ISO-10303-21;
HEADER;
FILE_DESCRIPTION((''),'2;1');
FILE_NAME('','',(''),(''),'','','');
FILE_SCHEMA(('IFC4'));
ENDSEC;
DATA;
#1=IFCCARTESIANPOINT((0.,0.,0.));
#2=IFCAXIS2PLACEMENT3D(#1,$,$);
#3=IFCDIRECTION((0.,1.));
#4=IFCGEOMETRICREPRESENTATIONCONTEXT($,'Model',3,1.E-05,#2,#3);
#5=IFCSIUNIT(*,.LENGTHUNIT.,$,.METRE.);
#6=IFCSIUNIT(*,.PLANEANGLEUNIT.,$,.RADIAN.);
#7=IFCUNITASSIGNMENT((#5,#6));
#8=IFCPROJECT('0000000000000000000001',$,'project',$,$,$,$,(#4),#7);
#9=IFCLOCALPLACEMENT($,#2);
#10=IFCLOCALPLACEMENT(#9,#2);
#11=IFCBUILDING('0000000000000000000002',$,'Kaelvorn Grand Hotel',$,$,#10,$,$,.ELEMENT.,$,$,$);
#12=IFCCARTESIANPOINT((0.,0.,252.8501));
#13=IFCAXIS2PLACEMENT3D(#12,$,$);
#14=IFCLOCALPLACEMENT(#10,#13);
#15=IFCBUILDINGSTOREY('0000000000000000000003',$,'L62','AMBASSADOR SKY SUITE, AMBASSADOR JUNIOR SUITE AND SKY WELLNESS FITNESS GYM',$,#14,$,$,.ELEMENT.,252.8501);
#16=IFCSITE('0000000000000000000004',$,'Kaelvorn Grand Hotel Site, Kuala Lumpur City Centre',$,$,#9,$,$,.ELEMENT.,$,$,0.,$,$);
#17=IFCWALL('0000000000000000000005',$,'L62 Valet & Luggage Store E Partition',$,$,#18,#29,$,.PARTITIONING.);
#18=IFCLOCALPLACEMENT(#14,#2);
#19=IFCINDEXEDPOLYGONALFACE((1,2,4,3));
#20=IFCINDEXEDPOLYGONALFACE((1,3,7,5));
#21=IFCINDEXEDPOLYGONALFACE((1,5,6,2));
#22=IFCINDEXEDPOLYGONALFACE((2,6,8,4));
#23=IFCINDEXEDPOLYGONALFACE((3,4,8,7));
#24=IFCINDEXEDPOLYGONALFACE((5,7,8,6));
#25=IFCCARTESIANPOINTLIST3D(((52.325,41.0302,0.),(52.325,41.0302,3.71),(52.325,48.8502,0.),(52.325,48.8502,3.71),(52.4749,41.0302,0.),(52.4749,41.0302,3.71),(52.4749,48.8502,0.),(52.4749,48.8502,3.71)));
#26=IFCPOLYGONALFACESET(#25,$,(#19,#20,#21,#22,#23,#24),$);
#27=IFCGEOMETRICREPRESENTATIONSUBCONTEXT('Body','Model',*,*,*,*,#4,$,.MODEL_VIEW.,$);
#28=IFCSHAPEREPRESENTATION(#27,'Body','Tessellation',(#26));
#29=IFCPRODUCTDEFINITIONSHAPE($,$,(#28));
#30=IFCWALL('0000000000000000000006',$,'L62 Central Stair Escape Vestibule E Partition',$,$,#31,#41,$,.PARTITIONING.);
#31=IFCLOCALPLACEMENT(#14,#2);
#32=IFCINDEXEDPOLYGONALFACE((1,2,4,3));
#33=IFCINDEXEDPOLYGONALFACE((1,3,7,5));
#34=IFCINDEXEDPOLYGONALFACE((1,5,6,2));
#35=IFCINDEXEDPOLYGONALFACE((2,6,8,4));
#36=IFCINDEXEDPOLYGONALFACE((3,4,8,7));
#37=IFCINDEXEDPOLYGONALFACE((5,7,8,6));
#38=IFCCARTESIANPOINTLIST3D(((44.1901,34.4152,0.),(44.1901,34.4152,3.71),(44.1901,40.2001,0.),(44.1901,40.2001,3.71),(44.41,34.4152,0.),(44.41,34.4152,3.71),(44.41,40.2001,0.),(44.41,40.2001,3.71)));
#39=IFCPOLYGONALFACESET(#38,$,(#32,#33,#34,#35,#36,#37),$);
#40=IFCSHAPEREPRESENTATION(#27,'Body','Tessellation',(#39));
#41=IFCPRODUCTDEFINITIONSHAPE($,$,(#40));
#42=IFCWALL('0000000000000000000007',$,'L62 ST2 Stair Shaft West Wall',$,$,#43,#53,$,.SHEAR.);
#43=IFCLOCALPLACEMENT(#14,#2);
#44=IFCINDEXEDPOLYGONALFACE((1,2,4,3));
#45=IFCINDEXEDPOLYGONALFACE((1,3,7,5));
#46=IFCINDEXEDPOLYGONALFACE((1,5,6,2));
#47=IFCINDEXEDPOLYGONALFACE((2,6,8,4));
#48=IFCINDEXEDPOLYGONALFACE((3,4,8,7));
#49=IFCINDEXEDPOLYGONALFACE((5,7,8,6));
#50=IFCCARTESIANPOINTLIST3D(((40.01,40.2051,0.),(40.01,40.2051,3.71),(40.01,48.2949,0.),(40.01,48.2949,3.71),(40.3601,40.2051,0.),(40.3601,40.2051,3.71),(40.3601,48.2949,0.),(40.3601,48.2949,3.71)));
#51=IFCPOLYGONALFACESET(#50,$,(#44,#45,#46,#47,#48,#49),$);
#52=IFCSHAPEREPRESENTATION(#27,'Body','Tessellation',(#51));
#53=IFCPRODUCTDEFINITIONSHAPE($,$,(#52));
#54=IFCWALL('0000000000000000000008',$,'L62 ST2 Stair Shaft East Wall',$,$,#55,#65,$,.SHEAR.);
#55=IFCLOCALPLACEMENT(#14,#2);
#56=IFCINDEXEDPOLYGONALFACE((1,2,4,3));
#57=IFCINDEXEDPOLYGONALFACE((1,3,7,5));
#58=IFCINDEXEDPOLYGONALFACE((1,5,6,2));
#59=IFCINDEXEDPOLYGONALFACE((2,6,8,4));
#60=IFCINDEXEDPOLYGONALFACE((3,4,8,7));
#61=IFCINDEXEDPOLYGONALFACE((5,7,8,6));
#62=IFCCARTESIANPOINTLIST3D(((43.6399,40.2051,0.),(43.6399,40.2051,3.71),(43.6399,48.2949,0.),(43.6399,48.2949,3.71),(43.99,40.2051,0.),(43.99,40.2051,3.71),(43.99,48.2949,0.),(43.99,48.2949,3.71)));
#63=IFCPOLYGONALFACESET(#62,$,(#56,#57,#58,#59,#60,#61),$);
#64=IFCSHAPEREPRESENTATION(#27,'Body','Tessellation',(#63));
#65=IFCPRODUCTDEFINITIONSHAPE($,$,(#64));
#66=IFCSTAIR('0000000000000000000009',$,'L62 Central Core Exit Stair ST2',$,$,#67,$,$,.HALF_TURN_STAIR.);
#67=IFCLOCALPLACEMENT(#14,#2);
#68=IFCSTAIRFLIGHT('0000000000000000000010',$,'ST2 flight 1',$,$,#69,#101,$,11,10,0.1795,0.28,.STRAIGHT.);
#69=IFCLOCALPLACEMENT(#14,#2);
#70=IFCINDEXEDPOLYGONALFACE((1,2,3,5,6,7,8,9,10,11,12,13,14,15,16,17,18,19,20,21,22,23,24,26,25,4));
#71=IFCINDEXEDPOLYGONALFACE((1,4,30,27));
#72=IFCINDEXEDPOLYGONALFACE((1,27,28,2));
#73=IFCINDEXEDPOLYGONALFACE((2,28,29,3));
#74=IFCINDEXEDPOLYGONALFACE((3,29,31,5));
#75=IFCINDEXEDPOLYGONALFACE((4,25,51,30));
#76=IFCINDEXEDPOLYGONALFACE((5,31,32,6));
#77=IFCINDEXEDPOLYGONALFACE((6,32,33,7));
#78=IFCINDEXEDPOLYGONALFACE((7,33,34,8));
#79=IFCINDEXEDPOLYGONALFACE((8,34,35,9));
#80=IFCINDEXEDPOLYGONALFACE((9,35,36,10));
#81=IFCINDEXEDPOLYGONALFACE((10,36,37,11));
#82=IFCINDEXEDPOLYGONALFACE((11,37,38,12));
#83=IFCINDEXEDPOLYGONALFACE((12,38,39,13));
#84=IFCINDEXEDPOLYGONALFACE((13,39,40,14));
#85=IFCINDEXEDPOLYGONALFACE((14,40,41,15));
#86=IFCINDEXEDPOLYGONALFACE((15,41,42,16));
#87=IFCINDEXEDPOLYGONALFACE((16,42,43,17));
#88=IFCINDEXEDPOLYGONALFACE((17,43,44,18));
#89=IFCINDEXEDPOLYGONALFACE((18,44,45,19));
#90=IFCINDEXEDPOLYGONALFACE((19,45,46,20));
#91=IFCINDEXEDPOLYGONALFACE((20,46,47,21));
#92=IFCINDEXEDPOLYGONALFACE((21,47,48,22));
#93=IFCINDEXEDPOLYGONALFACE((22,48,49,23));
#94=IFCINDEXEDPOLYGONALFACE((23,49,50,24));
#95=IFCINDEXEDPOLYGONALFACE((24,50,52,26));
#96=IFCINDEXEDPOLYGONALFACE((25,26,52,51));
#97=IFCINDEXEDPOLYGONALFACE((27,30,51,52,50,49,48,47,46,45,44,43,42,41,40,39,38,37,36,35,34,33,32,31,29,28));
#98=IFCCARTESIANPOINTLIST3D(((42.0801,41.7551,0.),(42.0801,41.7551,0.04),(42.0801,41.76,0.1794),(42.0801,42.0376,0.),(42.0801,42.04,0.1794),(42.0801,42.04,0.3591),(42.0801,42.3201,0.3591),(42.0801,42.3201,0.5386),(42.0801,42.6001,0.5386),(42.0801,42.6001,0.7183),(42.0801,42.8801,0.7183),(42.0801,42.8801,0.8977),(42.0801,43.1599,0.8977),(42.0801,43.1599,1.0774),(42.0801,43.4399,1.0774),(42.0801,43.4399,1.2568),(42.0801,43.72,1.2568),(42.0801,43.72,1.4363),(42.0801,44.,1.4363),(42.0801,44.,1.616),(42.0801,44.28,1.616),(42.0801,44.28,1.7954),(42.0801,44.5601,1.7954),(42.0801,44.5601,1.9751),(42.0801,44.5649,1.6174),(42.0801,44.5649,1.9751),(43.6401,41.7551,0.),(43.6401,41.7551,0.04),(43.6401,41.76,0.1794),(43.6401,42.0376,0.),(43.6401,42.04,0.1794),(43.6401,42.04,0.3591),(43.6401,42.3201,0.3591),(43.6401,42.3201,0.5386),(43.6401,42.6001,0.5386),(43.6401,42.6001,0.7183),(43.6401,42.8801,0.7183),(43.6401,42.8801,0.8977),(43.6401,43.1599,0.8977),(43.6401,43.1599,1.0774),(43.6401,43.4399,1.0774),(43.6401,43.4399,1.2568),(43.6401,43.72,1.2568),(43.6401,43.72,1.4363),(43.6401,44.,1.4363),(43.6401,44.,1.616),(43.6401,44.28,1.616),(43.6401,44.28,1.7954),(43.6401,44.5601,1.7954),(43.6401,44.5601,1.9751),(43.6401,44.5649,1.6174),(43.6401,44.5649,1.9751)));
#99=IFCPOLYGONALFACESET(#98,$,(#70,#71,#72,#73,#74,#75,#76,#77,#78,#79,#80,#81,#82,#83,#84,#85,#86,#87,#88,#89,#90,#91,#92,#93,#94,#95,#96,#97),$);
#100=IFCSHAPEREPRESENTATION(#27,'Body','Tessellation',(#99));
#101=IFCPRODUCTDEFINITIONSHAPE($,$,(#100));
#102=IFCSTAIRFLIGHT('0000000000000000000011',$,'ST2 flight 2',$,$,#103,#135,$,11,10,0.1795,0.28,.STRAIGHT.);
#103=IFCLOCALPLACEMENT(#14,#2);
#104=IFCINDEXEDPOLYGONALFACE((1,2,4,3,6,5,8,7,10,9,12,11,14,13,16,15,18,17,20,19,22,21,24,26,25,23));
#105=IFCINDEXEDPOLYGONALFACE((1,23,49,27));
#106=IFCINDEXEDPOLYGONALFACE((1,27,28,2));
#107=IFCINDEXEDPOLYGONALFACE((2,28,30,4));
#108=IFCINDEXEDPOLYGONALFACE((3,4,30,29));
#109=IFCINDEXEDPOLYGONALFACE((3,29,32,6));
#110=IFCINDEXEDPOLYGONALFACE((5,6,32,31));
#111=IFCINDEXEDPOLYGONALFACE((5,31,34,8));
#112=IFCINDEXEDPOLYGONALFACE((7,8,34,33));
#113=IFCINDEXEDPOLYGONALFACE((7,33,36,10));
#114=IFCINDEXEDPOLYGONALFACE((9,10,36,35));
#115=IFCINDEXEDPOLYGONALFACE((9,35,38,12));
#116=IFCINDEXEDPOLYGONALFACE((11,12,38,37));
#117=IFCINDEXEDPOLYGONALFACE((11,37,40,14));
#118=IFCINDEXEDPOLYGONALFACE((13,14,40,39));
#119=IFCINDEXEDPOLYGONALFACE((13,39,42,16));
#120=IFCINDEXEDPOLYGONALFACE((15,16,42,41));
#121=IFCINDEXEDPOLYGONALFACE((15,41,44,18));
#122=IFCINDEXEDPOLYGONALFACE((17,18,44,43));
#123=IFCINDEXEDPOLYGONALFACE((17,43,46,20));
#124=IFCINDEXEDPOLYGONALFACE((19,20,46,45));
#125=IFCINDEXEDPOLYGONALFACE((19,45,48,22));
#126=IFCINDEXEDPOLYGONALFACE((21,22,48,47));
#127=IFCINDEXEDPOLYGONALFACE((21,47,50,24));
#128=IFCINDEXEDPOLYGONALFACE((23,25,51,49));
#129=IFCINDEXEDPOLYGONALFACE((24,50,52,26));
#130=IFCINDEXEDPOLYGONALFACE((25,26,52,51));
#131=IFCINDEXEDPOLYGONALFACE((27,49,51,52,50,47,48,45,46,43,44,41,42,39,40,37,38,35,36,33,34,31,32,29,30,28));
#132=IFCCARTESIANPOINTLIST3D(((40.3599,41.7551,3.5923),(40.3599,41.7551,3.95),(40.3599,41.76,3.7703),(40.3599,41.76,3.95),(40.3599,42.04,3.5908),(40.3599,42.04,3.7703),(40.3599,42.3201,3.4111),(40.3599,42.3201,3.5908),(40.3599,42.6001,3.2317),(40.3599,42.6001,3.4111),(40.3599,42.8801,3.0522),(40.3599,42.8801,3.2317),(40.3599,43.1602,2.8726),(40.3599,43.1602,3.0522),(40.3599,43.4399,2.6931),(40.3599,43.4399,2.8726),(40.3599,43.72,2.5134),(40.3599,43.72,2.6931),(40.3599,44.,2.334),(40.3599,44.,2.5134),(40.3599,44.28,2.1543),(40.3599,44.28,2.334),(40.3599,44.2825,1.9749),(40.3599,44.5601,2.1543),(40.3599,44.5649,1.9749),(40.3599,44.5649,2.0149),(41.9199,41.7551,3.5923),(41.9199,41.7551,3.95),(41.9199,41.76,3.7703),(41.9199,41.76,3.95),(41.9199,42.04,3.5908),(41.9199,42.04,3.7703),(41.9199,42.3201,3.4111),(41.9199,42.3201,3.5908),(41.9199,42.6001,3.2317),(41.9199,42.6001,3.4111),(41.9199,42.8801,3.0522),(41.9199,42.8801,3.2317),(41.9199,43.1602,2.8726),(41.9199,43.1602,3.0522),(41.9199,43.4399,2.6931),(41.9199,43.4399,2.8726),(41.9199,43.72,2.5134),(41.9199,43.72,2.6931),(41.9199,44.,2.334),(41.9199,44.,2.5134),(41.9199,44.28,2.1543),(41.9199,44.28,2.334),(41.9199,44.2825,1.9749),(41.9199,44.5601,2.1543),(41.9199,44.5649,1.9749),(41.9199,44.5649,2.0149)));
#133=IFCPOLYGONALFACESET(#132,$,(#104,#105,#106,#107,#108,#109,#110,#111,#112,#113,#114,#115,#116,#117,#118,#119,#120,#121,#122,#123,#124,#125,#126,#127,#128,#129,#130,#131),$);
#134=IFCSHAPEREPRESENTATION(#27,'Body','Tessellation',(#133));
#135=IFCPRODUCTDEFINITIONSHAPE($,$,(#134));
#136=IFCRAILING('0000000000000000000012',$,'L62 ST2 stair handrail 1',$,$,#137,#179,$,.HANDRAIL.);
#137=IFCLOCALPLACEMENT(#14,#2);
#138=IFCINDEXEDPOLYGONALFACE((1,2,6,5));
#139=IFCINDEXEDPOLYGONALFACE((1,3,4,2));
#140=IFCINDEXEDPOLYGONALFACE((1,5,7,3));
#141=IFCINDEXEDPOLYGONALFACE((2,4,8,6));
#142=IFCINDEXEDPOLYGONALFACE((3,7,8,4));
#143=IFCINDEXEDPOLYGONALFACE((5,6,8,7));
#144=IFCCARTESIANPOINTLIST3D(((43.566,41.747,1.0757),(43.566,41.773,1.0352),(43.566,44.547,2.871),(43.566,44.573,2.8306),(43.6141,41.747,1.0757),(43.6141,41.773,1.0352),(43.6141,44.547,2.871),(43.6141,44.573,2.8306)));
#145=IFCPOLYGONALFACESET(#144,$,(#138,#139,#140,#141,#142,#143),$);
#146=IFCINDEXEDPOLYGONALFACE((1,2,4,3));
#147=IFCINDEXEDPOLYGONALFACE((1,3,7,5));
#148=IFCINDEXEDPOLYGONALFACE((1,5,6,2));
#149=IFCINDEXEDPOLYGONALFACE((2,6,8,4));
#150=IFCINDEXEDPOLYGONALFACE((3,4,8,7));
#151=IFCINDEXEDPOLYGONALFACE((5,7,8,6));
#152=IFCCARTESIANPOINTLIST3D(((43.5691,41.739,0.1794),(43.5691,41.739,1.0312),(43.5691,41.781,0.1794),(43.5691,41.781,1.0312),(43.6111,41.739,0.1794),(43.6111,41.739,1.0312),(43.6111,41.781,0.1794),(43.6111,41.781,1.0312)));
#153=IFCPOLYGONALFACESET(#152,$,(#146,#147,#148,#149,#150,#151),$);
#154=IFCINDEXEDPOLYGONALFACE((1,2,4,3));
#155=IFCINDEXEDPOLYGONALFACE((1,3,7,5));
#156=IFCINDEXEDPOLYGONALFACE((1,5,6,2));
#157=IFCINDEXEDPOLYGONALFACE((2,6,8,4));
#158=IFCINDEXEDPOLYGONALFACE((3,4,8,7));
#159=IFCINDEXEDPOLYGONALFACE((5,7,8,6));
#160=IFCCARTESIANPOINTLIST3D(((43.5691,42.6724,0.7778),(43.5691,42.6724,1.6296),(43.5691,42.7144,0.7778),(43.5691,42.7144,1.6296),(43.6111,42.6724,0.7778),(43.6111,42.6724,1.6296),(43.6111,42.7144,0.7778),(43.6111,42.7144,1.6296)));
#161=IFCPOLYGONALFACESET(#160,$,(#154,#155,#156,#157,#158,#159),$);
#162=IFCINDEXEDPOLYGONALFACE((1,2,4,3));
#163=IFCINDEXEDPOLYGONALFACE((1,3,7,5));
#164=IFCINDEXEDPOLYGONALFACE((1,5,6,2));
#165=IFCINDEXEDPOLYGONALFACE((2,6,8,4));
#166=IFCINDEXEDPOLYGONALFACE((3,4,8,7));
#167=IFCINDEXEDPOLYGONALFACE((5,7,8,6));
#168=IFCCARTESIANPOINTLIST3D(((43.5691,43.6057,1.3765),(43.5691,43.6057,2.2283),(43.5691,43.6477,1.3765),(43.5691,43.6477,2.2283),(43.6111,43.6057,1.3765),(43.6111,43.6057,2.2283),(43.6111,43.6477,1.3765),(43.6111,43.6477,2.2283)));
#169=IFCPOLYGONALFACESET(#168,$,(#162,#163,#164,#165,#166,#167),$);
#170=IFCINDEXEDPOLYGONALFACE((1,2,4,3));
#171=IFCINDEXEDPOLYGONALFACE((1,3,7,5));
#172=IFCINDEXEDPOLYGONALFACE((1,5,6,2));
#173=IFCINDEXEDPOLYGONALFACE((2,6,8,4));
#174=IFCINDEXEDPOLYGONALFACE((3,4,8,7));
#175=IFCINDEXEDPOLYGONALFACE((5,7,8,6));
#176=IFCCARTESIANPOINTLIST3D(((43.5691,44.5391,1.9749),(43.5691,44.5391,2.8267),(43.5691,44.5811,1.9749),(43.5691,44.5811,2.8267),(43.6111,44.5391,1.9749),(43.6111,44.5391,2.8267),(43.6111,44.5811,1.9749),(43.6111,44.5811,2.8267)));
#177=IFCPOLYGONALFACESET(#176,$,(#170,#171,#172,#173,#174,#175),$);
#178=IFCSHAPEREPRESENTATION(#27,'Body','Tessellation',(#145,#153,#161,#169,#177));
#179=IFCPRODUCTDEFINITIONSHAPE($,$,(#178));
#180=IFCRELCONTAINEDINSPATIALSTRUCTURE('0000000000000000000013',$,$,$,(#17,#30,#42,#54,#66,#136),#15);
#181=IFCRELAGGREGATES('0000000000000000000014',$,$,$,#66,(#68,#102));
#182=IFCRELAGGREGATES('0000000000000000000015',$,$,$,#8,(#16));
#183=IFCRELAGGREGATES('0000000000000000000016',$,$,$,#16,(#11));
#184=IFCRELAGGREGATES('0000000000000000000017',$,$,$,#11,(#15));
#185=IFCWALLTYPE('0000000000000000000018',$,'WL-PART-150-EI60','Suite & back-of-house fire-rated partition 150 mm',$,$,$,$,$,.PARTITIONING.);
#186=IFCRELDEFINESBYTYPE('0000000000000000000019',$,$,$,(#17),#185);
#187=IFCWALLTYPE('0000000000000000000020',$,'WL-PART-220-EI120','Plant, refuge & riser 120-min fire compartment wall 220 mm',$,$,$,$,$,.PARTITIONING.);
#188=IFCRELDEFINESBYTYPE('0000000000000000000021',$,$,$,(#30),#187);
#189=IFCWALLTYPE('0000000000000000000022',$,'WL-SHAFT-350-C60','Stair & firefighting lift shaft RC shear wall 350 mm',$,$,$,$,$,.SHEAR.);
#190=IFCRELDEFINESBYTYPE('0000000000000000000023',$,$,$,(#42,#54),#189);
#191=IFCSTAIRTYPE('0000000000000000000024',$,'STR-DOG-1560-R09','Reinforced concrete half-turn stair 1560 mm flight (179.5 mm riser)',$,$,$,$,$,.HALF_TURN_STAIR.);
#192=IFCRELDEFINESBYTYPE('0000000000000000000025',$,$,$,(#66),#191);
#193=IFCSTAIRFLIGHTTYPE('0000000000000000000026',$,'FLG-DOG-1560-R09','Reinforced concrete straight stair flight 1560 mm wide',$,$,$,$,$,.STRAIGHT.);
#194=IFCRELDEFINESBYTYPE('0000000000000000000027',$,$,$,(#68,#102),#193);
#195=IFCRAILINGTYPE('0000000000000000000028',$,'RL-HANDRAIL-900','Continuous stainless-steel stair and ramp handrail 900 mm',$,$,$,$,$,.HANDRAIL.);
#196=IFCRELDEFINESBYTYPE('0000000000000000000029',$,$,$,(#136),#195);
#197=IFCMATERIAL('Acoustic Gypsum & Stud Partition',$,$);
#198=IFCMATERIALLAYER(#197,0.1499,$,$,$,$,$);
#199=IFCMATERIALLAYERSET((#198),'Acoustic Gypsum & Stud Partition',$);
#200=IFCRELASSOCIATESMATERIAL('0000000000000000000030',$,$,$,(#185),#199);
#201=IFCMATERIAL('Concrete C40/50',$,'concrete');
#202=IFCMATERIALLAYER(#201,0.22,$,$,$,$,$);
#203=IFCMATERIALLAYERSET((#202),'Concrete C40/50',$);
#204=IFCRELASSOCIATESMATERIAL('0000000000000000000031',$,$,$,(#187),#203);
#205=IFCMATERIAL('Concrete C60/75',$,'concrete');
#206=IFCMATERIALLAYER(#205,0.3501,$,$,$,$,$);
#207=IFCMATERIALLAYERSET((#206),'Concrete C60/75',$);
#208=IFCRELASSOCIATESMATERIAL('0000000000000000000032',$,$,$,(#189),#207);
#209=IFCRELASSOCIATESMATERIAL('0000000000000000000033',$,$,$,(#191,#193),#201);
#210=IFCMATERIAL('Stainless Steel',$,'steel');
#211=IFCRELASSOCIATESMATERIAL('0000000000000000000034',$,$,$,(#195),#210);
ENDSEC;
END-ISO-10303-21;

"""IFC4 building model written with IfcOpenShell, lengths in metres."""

from ifc_helpers import new_model, si_unit, direction, frame, frame_2d, origin, origin_2d, place, context, subcontext, project, spatial, polyline, rectangle, outline, extrude, material, layer, layer_set, type_object, element, aggregate, save


model = new_model("IFC4")

# Units and contexts
model_context = context("Model", 3, precision=1e-05, world=origin(), true_north=direction((0.0, 1.0)))
body_context = subcontext(model_context, "Body", "Model", "MODEL_VIEW")
ifc_project = project(units=[si_unit("LENGTHUNIT", "METRE"), si_unit("PLANEANGLEUNIT", "RADIAN")], contexts=[model_context])

# Site, building, storey
site_placement = place(None, origin())
site = spatial("IfcSite", under=ifc_project, at=site_placement, Name="Kaelvorn Grand Hotel Site, Kuala Lumpur City Centre", CompositionType="ELEMENT", RefElevation=0.0)
building_placement = place(site_placement, origin())
building = spatial("IfcBuilding", under=site, at=building_placement, Name="Kaelvorn Grand Hotel", CompositionType="ELEMENT")
storey_placement = place(building_placement, frame((0.0, 0.0, 252.8501)))
storey = spatial("IfcBuildingStorey", under=building, at=storey_placement, Name="L62", Description="AMBASSADOR SKY SUITE, AMBASSADOR JUNIOR SUITE AND SKY WELLNESS FITNESS GYM", CompositionType="ELEMENT", Elevation=252.8501)

# Shared definitions
ifc_material_1 = material(Name="Acoustic Gypsum & Stud Partition")
ifc_layer_1 = layer(ifc_material_1, 0.1499)
ifc_layer_set_1 = layer_set([ifc_layer_1], Name="Acoustic Gypsum & Stud Partition")
wall_type_1 = type_object("IfcWallType", Name="WL-PART-150-EI60", Description="Suite & back-of-house fire-rated partition 150 mm", PredefinedType="PARTITIONING", material=ifc_layer_set_1)

# Walls
wall_1_placement = place(storey_placement, frame((52.3999, 41.03, 0.0), z_axis=(0.0, 0.0, 1.0), x_axis=(0.0, 1.0, 0.0)))
element("IfcWall", 1, at=wall_1_placement, inside=storey, type_object=wall_type_1, Name="L62 Valet & Luggage Store E Partition", PredefinedType="PARTITIONING", context=body_context, shape_type="SweptSolid", body=[
    extrude(rectangle(XDim=7.8201, YDim=0.1499, at=frame_2d((3.9102, 0.0))), origin(), (0.0, 0.0, 1.0), 3.71),
])
ifc_material_2 = material(Name="Concrete C40/50", Category="concrete")
ifc_layer_2 = layer(ifc_material_2, 0.22)
ifc_layer_set_2 = layer_set([ifc_layer_2], Name="Concrete C40/50")
wall_type_2 = type_object("IfcWallType", Name="WL-PART-220-EI120", Description="Plant, refuge & riser 120-min fire compartment wall 220 mm", PredefinedType="PARTITIONING", material=ifc_layer_set_2)
wall_2_placement = place(storey_placement, frame((44.3, 34.415, 0.0), z_axis=(0.0, 0.0, 1.0), x_axis=(0.0, 1.0, 0.0)))
element("IfcWall", 2, at=wall_2_placement, inside=storey, type_object=wall_type_2, Name="L62 Central Stair Escape Vestibule E Partition", PredefinedType="PARTITIONING", context=body_context, shape_type="SweptSolid", body=[
    extrude(rectangle(XDim=5.7849, YDim=0.22, at=frame_2d((2.8926, 0.0))), origin(), (0.0, 0.0, 1.0), 3.71),
])
ifc_material_3 = material(Name="Concrete C60/75", Category="concrete")
ifc_layer_3 = layer(ifc_material_3, 0.3501)
ifc_layer_set_3 = layer_set([ifc_layer_3], Name="Concrete C60/75")
wall_type_3 = type_object("IfcWallType", Name="WL-SHAFT-350-C60", Description="Stair & firefighting lift shaft RC shear wall 350 mm", PredefinedType="SHEAR", material=ifc_layer_set_3)
for number, where, z_axis, x_axis, name in (
    (3, (40.1851, 40.2051, 0.0), (0.0, 0.0, 1.0), (0.0, 1.0, 0.0), "L62 ST2 Stair Shaft West Wall"),
    (4, (43.8149, 40.2051, 0.0), (0.0, 0.0, 1.0), (0.0, 1.0, 0.0), "L62 ST2 Stair Shaft East Wall"),
):
    element("IfcWall", number, at=place(storey_placement, frame(where, z_axis=z_axis, x_axis=x_axis)), inside=storey, type_object=wall_type_3, Name=name, PredefinedType="SHEAR", context=body_context, shape_type="SweptSolid", body=[
        extrude(rectangle(XDim=8.0898, YDim=0.3501, at=frame_2d((4.0449, 0.0))), origin(), (0.0, 0.0, 1.0), 3.71),
    ])

# Stair, stair flights
stair_type = type_object("IfcStairType", Name="STR-DOG-1560-R09", Description="Reinforced concrete half-turn stair 1560 mm flight (179.5 mm riser)", PredefinedType="HALF_TURN_STAIR", material=ifc_material_2)
stair_placement = place(storey_placement, origin())
stair = element("IfcStair", 5, at=stair_placement, inside=storey, type_object=stair_type, Name="L62 Central Core Exit Stair ST2", PredefinedType="HALF_TURN_STAIR")
stair_flight_type = type_object("IfcStairFlightType", Name="FLG-DOG-1560-R09", Description="Reinforced concrete straight stair flight 1560 mm wide", PredefinedType="STRAIGHT", material=ifc_material_2)
stair_flight_1_placement = place(storey_placement, frame((42.8601, 41.76, 0.0), z_axis=(0.0, 0.0, 1.0), x_axis=(0.0, 1.0, 0.0)))
stair_flight_1 = element("IfcStairFlight", 6, at=stair_flight_1_placement, type_object=stair_flight_type, Name="ST2 flight 1", NumberOfRisers=11, NumberOfTreads=10, PredefinedType="STRAIGHT", RiserHeight=0.1795, TreadLength=0.28, context=body_context, shape_type="SweptSolid", body=[
    extrude(outline(polyline([(-0.0049, 0.0), (-0.0049, 0.04), (0.0, 0.1794), (0.28, 0.1794), (0.28, 0.3591), (0.5601, 0.3591), (0.5601, 0.5386), (0.8401, 0.5386), (0.8401, 0.7183), (1.1201, 0.7183), (1.1201, 0.8977), (1.3999, 0.8977), (1.3999, 1.0774), (1.6799, 1.0774), (1.6799, 1.2568), (1.96, 1.2568), (1.96, 1.4363), (2.24, 1.4363), (2.24, 1.616), (2.52, 1.616), (2.52, 1.7954), (2.8, 1.7954), (2.8, 1.9751), (2.8049, 1.9751), (2.8049, 1.6174), (0.2776, 0.0), (-0.0049, 0.0)])), frame((0.0, 0.78, 0.0), z_axis=(0.0, -1.0, 0.0), x_axis=(1.0, 0.0, 0.0)), (0.0, 0.0, 1.0), 1.5601),
])
stair_flight_2_placement = place(storey_placement, frame((41.1399, 44.5601, 1.9749), z_axis=(0.0, 0.0, 1.0), x_axis=(0.0, -1.0, 0.0)))
stair_flight_2 = element("IfcStairFlight", 7, at=stair_flight_2_placement, type_object=stair_flight_type, Name="ST2 flight 2", NumberOfRisers=11, NumberOfTreads=10, PredefinedType="STRAIGHT", RiserHeight=0.1795, TreadLength=0.28, context=body_context, shape_type="SweptSolid", body=[
    extrude(outline(polyline([(-0.0049, 0.0), (-0.0049, 0.04), (0.0, 0.1794), (0.28, 0.1794), (0.28, 0.3591), (0.5601, 0.3591), (0.5601, 0.5386), (0.8401, 0.5386), (0.8401, 0.7183), (1.1201, 0.7183), (1.1201, 0.8977), (1.3999, 0.8977), (1.3999, 1.0774), (1.6799, 1.0774), (1.6799, 1.2568), (1.96, 1.2568), (1.96, 1.4363), (2.24, 1.4363), (2.24, 1.616), (2.52, 1.616), (2.52, 1.7954), (2.8, 1.7954), (2.8, 1.9751), (2.8049, 1.9751), (2.8049, 1.6174), (0.2776, 0.0), (-0.0049, 0.0)])), frame((0.0, 0.78, 0.0), z_axis=(0.0, -1.0, 0.0), x_axis=(1.0, 0.0, 0.0)), (0.0, 0.0, 1.0), 1.5601),
])
aggregate(stair, [stair_flight_1, stair_flight_2])

# Railing
ifc_material_4 = material(Name="Stainless Steel", Category="steel")
railing_type_1 = type_object("IfcRailingType", Name="RL-HANDRAIL-900", Description="Continuous stainless-steel stair and ramp handrail 900 mm", PredefinedType="HANDRAIL", material=ifc_material_4)
railing_1_placement = place(storey_placement, frame((43.5901, 41.76, 0.1794)))
element("IfcRailing", 8, at=railing_1_placement, inside=storey, type_object=railing_type_1, Name="L62 ST2 stair handrail 1", PredefinedType="HANDRAIL", context=body_context, shape_type="SweptSolid", body=[
    extrude(rectangle(XDim=0.0481, YDim=0.0481, at=origin_2d()), frame((0.0, 0.0, 0.876), z_axis=(0.0, 0.84181, 0.539774), x_axis=(-1.0, 0.0, 0.0)), (0.0, 0.0, 1.0), 3.3262),
    extrude(rectangle(XDim=0.042, YDim=0.042, at=origin_2d()), origin(), (0.0, 0.0, 1.0), 0.8518),
    extrude(rectangle(XDim=0.042, YDim=0.042, at=origin_2d()), frame((0.0, 0.9333, 0.5984)), (0.0, 0.0, 1.0), 0.8518),
    extrude(rectangle(XDim=0.042, YDim=0.042, at=origin_2d()), frame((0.0, 1.8667, 1.197)), (0.0, 0.0, 1.0), 0.8518),
    extrude(rectangle(XDim=0.042, YDim=0.042, at=origin_2d()), frame((0.0, 2.8, 1.7954)), (0.0, 0.0, 1.0), 0.8518),
])

save(model, "model.ifc")
